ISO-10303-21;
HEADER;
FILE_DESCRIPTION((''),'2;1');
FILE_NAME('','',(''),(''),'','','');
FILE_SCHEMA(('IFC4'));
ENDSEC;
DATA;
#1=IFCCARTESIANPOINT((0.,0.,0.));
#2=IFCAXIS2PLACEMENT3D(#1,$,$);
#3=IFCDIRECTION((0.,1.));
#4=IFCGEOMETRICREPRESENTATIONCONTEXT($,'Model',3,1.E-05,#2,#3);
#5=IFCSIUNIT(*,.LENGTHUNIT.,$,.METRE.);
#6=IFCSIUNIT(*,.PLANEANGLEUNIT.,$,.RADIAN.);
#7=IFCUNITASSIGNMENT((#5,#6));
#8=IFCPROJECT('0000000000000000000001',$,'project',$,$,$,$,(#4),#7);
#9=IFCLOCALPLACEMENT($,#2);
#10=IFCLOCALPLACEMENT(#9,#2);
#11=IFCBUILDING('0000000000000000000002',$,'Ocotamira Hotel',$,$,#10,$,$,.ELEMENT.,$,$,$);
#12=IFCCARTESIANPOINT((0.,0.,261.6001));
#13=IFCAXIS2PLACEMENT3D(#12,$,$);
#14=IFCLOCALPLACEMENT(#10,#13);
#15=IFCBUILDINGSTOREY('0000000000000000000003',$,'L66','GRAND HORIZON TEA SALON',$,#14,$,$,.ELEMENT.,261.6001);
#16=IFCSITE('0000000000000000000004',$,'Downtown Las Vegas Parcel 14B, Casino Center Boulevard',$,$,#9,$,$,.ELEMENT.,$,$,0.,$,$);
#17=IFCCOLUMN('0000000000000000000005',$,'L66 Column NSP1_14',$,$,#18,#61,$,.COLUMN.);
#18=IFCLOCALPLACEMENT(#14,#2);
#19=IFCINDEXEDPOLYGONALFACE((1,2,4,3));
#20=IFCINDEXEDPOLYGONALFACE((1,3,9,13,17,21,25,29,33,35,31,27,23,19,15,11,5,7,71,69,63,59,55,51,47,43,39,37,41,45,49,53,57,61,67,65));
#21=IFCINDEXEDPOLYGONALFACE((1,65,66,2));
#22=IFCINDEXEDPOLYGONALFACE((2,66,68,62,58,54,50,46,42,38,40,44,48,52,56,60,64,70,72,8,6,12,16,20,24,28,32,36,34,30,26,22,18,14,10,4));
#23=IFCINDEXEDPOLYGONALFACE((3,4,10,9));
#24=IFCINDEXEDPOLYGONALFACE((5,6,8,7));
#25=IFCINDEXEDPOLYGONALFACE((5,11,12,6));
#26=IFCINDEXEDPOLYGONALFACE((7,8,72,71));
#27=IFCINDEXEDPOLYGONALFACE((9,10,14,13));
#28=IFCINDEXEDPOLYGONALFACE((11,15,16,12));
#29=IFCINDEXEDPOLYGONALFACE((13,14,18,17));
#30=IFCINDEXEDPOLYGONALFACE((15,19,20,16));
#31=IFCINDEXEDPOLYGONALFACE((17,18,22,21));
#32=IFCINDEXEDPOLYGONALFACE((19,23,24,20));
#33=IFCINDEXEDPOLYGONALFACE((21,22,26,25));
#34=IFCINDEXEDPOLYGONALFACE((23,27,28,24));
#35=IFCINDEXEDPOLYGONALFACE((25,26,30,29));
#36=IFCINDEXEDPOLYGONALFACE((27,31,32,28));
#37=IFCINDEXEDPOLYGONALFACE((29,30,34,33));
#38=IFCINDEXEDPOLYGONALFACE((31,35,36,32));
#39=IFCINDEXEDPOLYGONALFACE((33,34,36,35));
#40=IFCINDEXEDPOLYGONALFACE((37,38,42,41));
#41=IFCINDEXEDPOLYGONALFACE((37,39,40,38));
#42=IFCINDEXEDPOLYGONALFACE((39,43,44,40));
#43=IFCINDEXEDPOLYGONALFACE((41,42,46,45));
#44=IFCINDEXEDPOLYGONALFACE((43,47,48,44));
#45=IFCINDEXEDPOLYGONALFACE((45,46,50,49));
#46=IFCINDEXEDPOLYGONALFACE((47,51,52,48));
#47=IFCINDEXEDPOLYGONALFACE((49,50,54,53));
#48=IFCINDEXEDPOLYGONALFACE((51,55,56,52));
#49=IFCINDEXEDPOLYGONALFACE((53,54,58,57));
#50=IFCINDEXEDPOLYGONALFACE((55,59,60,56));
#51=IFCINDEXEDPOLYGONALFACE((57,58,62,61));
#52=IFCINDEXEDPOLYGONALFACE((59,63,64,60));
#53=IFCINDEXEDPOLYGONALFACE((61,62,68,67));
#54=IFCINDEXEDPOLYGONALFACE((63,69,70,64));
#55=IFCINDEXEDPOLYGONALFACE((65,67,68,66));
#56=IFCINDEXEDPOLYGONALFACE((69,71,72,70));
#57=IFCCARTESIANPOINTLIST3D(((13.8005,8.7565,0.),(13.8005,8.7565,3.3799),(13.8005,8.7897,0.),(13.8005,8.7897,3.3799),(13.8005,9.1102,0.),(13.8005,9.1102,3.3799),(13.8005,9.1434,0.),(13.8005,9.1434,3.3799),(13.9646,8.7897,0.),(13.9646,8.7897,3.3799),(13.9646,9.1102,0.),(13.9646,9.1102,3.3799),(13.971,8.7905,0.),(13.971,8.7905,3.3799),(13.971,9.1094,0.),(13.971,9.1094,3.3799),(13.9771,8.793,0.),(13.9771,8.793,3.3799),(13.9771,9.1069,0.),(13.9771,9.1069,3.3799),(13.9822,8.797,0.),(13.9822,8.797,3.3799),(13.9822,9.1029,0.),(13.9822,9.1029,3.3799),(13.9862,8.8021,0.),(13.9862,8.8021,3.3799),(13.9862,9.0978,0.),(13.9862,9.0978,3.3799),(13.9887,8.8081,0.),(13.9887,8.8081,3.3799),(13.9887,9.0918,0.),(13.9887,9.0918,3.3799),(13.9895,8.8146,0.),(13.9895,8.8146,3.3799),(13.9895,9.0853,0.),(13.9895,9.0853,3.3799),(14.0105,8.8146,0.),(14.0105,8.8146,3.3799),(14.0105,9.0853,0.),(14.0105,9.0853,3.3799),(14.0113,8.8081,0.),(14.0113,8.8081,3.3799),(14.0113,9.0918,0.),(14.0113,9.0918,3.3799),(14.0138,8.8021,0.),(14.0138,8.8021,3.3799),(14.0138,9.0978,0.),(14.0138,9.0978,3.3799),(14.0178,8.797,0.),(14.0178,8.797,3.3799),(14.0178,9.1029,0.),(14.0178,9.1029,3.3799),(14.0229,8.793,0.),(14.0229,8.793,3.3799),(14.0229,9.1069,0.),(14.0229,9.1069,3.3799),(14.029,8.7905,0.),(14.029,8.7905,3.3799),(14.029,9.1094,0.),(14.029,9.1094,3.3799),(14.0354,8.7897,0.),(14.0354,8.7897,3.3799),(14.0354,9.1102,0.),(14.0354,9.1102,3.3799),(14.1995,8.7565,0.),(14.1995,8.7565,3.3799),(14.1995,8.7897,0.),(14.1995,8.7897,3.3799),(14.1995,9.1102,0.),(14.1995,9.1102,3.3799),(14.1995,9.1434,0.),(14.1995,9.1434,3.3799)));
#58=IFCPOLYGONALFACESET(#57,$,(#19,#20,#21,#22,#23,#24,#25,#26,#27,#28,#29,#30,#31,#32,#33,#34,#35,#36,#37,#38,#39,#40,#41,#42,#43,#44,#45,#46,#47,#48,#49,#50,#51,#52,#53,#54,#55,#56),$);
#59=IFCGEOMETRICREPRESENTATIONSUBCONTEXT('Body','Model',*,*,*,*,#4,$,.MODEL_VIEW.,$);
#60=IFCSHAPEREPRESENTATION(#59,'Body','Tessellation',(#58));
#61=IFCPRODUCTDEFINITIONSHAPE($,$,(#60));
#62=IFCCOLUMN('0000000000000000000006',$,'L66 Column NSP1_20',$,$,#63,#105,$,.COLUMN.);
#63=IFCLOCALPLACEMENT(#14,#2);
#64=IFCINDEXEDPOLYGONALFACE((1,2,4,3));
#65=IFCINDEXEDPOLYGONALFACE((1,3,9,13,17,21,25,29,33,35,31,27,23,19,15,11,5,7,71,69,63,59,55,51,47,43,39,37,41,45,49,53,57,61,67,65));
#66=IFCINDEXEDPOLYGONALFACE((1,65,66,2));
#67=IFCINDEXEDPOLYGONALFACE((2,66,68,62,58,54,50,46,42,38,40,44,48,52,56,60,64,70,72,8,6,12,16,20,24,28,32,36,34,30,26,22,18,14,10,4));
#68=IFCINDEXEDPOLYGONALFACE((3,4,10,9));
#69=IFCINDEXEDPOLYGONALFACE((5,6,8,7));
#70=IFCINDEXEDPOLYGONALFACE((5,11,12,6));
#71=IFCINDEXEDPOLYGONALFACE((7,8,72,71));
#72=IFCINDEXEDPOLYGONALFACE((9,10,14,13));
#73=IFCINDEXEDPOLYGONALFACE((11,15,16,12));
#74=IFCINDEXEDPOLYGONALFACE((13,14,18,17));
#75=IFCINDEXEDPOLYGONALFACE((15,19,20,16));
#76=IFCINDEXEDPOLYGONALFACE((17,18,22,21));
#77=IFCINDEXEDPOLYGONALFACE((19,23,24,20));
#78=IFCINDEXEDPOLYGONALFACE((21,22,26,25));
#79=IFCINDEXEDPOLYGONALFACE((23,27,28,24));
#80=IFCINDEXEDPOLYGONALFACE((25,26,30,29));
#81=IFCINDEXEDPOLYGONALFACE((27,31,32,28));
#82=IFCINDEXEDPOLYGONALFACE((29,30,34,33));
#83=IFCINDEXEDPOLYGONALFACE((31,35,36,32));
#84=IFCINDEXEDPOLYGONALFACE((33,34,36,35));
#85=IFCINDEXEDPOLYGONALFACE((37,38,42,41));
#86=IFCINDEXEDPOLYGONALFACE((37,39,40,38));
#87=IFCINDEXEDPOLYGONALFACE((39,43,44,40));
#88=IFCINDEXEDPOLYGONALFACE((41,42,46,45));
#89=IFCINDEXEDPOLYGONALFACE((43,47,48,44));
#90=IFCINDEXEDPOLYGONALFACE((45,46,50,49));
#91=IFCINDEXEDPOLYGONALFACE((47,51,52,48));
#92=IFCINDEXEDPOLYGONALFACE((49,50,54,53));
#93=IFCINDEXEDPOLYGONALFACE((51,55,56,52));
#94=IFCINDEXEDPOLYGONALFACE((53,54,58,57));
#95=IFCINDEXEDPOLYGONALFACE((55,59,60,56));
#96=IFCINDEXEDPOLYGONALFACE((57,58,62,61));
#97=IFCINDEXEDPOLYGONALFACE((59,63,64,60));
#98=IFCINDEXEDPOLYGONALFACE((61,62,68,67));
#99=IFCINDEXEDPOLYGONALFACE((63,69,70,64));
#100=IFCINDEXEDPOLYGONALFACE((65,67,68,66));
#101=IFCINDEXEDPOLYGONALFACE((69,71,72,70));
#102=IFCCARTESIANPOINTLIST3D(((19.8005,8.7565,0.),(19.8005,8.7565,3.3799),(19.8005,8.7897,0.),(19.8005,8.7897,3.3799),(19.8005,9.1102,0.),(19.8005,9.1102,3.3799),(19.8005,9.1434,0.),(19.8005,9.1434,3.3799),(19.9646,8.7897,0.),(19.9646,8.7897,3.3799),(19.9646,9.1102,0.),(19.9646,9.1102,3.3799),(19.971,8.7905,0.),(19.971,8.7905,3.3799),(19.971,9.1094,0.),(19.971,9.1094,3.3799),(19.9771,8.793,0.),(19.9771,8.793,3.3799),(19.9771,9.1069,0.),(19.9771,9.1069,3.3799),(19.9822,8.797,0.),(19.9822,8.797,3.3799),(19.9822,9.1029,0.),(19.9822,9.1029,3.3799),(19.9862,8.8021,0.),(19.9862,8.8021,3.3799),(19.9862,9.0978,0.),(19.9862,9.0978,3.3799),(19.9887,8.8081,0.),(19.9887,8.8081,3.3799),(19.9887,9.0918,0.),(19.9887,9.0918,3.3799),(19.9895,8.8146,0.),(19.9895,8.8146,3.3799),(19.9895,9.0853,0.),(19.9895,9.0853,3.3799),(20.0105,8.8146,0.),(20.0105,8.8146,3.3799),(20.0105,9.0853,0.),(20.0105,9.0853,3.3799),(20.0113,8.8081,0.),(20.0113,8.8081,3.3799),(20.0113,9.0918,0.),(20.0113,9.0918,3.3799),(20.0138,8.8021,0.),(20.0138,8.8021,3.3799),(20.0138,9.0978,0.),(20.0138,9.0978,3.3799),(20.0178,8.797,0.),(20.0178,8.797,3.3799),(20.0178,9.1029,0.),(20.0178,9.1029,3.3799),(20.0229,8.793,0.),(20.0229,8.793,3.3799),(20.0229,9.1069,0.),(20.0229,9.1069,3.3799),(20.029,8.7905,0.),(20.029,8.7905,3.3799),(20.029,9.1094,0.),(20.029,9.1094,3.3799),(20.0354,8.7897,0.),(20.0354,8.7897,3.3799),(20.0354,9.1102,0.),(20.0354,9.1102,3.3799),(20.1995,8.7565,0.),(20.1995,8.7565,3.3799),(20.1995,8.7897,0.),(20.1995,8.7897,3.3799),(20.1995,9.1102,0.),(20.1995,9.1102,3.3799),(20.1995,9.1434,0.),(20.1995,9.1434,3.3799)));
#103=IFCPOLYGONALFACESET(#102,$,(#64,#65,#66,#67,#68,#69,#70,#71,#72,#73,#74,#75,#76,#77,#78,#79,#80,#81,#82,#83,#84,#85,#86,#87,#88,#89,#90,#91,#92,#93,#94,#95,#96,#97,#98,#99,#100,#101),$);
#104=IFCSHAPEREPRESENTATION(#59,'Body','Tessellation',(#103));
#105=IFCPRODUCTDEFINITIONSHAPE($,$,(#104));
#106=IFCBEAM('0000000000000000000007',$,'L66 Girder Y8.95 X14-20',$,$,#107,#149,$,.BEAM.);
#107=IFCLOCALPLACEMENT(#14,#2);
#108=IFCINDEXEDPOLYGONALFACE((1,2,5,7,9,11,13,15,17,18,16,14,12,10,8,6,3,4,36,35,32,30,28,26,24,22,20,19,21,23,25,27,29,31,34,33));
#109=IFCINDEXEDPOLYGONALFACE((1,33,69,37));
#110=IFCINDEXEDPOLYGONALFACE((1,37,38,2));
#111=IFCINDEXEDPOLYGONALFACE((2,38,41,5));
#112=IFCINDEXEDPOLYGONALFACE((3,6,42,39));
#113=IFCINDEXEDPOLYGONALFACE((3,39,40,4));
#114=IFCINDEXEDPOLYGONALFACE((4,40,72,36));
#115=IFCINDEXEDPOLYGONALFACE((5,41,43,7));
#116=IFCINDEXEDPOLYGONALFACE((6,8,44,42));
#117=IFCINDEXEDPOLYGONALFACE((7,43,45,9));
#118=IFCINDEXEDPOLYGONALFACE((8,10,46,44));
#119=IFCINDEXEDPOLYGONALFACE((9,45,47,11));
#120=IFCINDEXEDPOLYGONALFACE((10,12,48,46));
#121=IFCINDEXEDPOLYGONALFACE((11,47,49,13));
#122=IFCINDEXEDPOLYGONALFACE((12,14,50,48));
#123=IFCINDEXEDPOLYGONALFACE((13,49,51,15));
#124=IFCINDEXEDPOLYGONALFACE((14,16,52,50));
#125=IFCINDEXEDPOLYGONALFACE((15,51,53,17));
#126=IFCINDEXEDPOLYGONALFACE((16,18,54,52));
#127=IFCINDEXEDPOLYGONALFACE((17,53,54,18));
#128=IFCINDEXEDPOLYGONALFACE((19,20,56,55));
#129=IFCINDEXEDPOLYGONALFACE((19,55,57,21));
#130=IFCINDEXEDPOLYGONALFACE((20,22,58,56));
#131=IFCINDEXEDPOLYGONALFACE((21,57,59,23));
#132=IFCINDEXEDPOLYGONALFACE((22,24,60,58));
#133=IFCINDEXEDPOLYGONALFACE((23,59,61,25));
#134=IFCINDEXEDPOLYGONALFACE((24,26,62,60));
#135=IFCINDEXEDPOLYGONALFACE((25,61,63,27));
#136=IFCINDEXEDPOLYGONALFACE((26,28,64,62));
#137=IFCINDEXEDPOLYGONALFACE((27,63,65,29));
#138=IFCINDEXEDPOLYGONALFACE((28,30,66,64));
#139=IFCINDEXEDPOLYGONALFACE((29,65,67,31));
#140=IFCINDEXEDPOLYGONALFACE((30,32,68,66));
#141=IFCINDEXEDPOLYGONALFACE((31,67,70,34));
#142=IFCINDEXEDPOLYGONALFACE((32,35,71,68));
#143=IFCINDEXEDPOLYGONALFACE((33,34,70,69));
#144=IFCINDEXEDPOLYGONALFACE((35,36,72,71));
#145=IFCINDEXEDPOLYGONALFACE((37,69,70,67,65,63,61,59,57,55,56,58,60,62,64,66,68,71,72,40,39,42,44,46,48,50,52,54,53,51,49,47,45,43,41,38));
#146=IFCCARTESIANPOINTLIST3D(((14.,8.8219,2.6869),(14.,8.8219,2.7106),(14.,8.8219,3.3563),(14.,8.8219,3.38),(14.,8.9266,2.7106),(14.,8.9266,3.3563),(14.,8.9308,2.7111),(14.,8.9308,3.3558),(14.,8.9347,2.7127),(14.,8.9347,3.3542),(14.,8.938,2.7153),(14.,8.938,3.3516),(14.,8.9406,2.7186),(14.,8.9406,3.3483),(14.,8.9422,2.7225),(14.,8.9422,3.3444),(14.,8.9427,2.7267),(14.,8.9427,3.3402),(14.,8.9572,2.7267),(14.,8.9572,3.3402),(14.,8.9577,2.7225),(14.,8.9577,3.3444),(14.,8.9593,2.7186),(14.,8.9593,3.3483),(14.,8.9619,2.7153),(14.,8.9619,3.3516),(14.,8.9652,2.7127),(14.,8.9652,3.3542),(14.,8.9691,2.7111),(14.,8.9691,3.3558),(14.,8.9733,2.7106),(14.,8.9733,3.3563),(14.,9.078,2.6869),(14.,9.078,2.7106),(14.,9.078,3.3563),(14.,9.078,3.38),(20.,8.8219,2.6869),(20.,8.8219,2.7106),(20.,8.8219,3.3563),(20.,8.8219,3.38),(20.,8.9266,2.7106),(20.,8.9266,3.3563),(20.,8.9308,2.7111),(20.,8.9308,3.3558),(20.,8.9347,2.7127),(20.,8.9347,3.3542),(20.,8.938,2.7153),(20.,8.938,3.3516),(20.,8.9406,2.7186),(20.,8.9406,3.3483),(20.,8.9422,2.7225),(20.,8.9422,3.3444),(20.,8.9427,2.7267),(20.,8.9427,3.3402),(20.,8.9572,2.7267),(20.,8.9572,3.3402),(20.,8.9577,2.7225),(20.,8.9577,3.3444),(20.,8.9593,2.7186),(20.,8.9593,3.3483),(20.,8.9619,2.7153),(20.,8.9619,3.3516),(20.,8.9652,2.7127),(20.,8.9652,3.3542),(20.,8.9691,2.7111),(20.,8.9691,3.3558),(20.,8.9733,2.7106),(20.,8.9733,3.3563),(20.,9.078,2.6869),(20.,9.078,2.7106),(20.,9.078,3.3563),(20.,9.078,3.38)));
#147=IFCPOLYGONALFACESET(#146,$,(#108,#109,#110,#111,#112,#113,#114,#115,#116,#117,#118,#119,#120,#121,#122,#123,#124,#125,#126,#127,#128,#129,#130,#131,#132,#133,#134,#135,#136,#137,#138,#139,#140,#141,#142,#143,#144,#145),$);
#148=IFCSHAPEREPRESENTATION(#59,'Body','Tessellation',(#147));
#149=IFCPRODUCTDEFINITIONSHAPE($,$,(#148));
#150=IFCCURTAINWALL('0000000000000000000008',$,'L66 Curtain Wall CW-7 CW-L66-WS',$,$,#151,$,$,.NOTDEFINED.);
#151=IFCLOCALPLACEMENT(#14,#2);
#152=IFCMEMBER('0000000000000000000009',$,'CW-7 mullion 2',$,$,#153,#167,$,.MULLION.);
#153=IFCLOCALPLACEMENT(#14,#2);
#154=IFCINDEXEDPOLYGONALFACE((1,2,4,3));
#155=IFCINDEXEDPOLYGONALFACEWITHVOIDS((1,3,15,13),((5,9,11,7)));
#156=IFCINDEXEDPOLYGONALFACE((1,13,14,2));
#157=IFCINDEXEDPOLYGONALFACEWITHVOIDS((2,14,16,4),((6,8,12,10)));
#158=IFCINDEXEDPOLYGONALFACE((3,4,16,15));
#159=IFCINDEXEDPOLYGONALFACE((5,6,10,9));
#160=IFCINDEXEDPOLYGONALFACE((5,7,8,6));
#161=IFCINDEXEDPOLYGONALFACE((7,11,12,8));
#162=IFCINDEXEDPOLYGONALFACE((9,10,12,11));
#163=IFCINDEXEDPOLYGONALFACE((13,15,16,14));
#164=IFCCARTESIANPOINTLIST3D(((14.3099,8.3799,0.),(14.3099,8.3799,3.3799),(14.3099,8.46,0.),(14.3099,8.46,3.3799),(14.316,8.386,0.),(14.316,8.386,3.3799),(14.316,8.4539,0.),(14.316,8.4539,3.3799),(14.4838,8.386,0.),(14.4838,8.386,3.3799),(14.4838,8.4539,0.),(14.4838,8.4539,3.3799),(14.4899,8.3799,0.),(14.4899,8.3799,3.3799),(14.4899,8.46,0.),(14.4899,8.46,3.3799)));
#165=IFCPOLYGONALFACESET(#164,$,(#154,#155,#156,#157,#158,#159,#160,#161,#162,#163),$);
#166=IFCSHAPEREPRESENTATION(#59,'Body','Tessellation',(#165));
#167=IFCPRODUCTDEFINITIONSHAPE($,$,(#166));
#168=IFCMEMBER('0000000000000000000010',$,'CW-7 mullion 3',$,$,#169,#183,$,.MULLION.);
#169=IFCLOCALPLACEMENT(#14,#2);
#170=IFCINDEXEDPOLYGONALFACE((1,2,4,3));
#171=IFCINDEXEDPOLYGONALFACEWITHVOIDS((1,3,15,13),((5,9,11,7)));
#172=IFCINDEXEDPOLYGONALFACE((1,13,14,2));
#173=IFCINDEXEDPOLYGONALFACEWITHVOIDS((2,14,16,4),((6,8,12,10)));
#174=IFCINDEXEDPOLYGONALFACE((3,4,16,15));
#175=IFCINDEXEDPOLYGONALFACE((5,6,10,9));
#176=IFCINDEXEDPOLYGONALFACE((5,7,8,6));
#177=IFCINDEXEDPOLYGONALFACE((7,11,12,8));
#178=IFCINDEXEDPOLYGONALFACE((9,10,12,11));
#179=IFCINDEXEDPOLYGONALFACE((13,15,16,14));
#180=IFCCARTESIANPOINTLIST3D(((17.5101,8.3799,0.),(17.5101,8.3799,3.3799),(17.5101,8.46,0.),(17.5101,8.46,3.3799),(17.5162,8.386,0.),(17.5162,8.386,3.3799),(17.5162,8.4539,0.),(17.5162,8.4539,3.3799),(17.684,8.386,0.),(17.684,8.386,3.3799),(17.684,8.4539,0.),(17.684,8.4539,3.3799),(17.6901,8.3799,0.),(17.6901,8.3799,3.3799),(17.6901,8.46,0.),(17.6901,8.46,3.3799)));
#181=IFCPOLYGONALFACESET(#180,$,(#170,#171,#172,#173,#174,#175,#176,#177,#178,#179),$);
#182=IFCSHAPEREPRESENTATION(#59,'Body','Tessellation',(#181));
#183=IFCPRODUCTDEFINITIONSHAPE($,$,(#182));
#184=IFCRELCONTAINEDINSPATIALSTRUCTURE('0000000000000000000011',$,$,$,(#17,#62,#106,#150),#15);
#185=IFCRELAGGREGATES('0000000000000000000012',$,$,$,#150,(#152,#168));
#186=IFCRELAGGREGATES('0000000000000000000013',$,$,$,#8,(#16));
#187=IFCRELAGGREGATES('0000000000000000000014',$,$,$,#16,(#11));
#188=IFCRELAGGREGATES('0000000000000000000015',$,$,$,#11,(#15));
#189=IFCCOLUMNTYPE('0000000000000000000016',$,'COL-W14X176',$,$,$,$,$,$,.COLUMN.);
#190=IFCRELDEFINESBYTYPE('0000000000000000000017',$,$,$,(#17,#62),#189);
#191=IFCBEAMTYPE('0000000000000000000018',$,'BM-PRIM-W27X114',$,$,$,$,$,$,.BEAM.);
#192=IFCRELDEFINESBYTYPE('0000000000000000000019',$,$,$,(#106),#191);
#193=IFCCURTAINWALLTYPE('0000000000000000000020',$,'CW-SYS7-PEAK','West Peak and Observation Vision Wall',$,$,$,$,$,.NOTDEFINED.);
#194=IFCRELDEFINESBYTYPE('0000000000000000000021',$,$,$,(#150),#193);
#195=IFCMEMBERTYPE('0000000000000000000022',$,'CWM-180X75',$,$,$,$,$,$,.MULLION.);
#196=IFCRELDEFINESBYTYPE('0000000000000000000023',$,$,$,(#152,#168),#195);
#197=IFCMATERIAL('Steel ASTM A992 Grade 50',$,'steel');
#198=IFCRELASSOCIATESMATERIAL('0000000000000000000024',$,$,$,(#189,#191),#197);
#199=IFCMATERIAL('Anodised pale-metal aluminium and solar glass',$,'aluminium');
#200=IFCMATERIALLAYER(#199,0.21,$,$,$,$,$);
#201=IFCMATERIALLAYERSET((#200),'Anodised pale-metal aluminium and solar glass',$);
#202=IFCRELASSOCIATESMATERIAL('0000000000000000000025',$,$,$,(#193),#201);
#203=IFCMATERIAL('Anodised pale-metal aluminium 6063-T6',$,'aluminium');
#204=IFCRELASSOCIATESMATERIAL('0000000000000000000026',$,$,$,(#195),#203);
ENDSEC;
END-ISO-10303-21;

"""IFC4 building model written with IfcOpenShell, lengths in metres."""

from ifc_helpers import new_model, si_unit, direction, frame, origin, origin_2d, place, context, subcontext, project, spatial, hollow_rectangle, i_section, extrude, source, transform, mapped, material, layer, layer_set, material_profile, profile_set, type_object, element, aggregate, save


model = new_model("IFC4")

# Units and contexts
model_context = context("Model", 3, precision=1e-05, world=origin(), true_north=direction((0.0, 1.0)))
body_context = subcontext(model_context, "Body", "Model", "MODEL_VIEW")
ifc_project = project(units=[si_unit("LENGTHUNIT", "METRE"), si_unit("PLANEANGLEUNIT", "RADIAN")], contexts=[model_context])

# Site, building, storey
site_placement = place(None, origin())
site = spatial("IfcSite", under=ifc_project, at=site_placement, Name="Downtown Las Vegas Parcel 14B, Casino Center Boulevard", CompositionType="ELEMENT", RefElevation=0.0)
building_placement = place(site_placement, origin())
building = spatial("IfcBuilding", under=site, at=building_placement, Name="Ocotamira Hotel", CompositionType="ELEMENT")
storey_placement = place(building_placement, frame((0.0, 0.0, 261.6001)))
storey = spatial("IfcBuildingStorey", under=building, at=storey_placement, Name="L66", Description="GRAND HORIZON TEA SALON", CompositionType="ELEMENT", Elevation=261.6001)

# Columns
ifc_material_1 = material(Name="Steel ASTM A992 Grade 50", Category="steel")
ifc_material_profile_1 = material_profile(ifc_material_1, i_section(OverallWidth=0.3989, OverallDepth=0.387, WebThickness=0.021, FlangeThickness=0.0332, FilletRadius=0.0249, at=origin_2d()), Name="W14X176")
ifc_profile_set_1 = profile_set([ifc_material_profile_1], Name="Steel ASTM A992 Grade 50")
column_type = type_object("IfcColumnType", Name="COL-W14X176", PredefinedType="COLUMN", material=ifc_profile_set_1)
shared_shape_1 = source(origin(), body_context, "Body", "SweptSolid", [
    extrude(i_section(OverallWidth=0.3989, OverallDepth=0.387, WebThickness=0.021, FlangeThickness=0.0332, FilletRadius=0.0249, at=origin_2d()), origin(), (0.0, 0.0, 1.0), 3.3799),
])
for number, where, z_axis, x_axis, name in (
    (1, (14.0, 8.95, 0.0), (0.0, 0.0, 1.0), (1.0, 0.0, 0.0), "L66 Column NSP1_14"),
    (2, (20.0, 8.95, 0.0), (0.0, 0.0, 1.0), (1.0, 0.0, 0.0), "L66 Column NSP1_20"),
):
    element("IfcColumn", number, at=place(storey_placement, frame(where, z_axis=z_axis, x_axis=x_axis)), inside=storey, type_object=column_type, Name=name, PredefinedType="COLUMN", context=body_context, shape_type="MappedRepresentation", body=[
        mapped(shared_shape_1, transform((0.0, 0.0, 0.0), scale=1.0)),
    ])

# Beam
ifc_material_profile_2 = material_profile(ifc_material_1, i_section(OverallWidth=0.2561, OverallDepth=0.6931, WebThickness=0.0144, FlangeThickness=0.0237, FilletRadius=0.0161, at=origin_2d()), Name="W27X114")
ifc_profile_set_2 = profile_set([ifc_material_profile_2], Name="Steel ASTM A992 Grade 50")
beam_type = type_object("IfcBeamType", Name="BM-PRIM-W27X114", PredefinedType="BEAM", material=ifc_profile_set_2)
shared_shape_2 = source(origin(), body_context, "Body", "SweptSolid", [
    extrude(i_section(OverallWidth=0.2561, OverallDepth=0.6931, WebThickness=0.0144, FlangeThickness=0.0237, FilletRadius=0.0161, at=origin_2d()), origin(), (0.0, 0.0, 1.0), 6.0),
])
beam_placement = place(storey_placement, frame((14.0, 8.95, 3.0334), z_axis=(1.0, 0.0, 0.0), x_axis=(0.0, 1.0, 0.0)))
element("IfcBeam", 3, at=beam_placement, inside=storey, type_object=beam_type, Name="L66 Girder Y8.95 X14-20", PredefinedType="BEAM", context=body_context, shape_type="MappedRepresentation", body=[
    mapped(shared_shape_2, transform((0.0, 0.0, 0.0), scale=1.0)),
])

# Curtain wall, members
ifc_material_2 = material(Name="Anodised pale-metal aluminium and solar glass", Category="aluminium")
ifc_layer_1 = layer(ifc_material_2, 0.21)
ifc_layer_set_1 = layer_set([ifc_layer_1], Name="Anodised pale-metal aluminium and solar glass")
curtain_wall_type = type_object("IfcCurtainWallType", Name="CW-SYS7-PEAK", Description="West Peak and Observation Vision Wall", PredefinedType="NOTDEFINED", material=ifc_layer_set_1)
curtain_wall_1_placement = place(storey_placement, origin())
curtain_wall_1 = element("IfcCurtainWall", 4, at=curtain_wall_1_placement, inside=storey, type_object=curtain_wall_type, Name="L66 Curtain Wall CW-7 CW-L66-WS", PredefinedType="NOTDEFINED")
ifc_material_3 = material(Name="Anodised pale-metal aluminium 6063-T6", Category="aluminium")
ifc_material_profile_3 = material_profile(ifc_material_3, hollow_rectangle(XDim=0.0801, YDim=0.1799, WallThickness=0.0061, at=origin_2d()), Name="HSS180X80X6")
ifc_profile_set_3 = profile_set([ifc_material_profile_3], Name="Anodised pale-metal aluminium 6063-T6")
member_type_1 = type_object("IfcMemberType", Name="CWM-180X75", PredefinedType="MULLION", material=ifc_profile_set_3)
shared_shape_3 = source(origin(), body_context, "Body", "SweptSolid", [
    extrude(hollow_rectangle(XDim=0.0801, YDim=0.1799, WallThickness=0.0061, at=origin_2d()), origin(), (0.0, 0.0, 1.0), 3.3799),
])
member_1_placement = place(storey_placement, frame((14.3999, 8.4199, 0.0), z_axis=(0.0, 0.0, 1.0), x_axis=(0.0, 1.0, 0.0)))
member_1 = element("IfcMember", 5, at=member_1_placement, type_object=member_type_1, Name="CW-7 mullion 2", PredefinedType="MULLION", context=body_context, shape_type="MappedRepresentation", body=[
    mapped(shared_shape_3, transform((0.0, 0.0, 0.0), scale=1.0)),
])
member_2_placement = place(storey_placement, frame((17.6001, 8.4199, 0.0), z_axis=(0.0, 0.0, 1.0), x_axis=(0.0, 1.0, 0.0)))
member_2 = element("IfcMember", 6, at=member_2_placement, type_object=member_type_1, Name="CW-7 mullion 3", PredefinedType="MULLION", context=body_context, shape_type="MappedRepresentation", body=[
    mapped(shared_shape_3, transform((0.0, 0.0, 0.0), scale=1.0)),
])

aggregate(curtain_wall_1, [member_1, member_2])

save(model, "model.ifc")
